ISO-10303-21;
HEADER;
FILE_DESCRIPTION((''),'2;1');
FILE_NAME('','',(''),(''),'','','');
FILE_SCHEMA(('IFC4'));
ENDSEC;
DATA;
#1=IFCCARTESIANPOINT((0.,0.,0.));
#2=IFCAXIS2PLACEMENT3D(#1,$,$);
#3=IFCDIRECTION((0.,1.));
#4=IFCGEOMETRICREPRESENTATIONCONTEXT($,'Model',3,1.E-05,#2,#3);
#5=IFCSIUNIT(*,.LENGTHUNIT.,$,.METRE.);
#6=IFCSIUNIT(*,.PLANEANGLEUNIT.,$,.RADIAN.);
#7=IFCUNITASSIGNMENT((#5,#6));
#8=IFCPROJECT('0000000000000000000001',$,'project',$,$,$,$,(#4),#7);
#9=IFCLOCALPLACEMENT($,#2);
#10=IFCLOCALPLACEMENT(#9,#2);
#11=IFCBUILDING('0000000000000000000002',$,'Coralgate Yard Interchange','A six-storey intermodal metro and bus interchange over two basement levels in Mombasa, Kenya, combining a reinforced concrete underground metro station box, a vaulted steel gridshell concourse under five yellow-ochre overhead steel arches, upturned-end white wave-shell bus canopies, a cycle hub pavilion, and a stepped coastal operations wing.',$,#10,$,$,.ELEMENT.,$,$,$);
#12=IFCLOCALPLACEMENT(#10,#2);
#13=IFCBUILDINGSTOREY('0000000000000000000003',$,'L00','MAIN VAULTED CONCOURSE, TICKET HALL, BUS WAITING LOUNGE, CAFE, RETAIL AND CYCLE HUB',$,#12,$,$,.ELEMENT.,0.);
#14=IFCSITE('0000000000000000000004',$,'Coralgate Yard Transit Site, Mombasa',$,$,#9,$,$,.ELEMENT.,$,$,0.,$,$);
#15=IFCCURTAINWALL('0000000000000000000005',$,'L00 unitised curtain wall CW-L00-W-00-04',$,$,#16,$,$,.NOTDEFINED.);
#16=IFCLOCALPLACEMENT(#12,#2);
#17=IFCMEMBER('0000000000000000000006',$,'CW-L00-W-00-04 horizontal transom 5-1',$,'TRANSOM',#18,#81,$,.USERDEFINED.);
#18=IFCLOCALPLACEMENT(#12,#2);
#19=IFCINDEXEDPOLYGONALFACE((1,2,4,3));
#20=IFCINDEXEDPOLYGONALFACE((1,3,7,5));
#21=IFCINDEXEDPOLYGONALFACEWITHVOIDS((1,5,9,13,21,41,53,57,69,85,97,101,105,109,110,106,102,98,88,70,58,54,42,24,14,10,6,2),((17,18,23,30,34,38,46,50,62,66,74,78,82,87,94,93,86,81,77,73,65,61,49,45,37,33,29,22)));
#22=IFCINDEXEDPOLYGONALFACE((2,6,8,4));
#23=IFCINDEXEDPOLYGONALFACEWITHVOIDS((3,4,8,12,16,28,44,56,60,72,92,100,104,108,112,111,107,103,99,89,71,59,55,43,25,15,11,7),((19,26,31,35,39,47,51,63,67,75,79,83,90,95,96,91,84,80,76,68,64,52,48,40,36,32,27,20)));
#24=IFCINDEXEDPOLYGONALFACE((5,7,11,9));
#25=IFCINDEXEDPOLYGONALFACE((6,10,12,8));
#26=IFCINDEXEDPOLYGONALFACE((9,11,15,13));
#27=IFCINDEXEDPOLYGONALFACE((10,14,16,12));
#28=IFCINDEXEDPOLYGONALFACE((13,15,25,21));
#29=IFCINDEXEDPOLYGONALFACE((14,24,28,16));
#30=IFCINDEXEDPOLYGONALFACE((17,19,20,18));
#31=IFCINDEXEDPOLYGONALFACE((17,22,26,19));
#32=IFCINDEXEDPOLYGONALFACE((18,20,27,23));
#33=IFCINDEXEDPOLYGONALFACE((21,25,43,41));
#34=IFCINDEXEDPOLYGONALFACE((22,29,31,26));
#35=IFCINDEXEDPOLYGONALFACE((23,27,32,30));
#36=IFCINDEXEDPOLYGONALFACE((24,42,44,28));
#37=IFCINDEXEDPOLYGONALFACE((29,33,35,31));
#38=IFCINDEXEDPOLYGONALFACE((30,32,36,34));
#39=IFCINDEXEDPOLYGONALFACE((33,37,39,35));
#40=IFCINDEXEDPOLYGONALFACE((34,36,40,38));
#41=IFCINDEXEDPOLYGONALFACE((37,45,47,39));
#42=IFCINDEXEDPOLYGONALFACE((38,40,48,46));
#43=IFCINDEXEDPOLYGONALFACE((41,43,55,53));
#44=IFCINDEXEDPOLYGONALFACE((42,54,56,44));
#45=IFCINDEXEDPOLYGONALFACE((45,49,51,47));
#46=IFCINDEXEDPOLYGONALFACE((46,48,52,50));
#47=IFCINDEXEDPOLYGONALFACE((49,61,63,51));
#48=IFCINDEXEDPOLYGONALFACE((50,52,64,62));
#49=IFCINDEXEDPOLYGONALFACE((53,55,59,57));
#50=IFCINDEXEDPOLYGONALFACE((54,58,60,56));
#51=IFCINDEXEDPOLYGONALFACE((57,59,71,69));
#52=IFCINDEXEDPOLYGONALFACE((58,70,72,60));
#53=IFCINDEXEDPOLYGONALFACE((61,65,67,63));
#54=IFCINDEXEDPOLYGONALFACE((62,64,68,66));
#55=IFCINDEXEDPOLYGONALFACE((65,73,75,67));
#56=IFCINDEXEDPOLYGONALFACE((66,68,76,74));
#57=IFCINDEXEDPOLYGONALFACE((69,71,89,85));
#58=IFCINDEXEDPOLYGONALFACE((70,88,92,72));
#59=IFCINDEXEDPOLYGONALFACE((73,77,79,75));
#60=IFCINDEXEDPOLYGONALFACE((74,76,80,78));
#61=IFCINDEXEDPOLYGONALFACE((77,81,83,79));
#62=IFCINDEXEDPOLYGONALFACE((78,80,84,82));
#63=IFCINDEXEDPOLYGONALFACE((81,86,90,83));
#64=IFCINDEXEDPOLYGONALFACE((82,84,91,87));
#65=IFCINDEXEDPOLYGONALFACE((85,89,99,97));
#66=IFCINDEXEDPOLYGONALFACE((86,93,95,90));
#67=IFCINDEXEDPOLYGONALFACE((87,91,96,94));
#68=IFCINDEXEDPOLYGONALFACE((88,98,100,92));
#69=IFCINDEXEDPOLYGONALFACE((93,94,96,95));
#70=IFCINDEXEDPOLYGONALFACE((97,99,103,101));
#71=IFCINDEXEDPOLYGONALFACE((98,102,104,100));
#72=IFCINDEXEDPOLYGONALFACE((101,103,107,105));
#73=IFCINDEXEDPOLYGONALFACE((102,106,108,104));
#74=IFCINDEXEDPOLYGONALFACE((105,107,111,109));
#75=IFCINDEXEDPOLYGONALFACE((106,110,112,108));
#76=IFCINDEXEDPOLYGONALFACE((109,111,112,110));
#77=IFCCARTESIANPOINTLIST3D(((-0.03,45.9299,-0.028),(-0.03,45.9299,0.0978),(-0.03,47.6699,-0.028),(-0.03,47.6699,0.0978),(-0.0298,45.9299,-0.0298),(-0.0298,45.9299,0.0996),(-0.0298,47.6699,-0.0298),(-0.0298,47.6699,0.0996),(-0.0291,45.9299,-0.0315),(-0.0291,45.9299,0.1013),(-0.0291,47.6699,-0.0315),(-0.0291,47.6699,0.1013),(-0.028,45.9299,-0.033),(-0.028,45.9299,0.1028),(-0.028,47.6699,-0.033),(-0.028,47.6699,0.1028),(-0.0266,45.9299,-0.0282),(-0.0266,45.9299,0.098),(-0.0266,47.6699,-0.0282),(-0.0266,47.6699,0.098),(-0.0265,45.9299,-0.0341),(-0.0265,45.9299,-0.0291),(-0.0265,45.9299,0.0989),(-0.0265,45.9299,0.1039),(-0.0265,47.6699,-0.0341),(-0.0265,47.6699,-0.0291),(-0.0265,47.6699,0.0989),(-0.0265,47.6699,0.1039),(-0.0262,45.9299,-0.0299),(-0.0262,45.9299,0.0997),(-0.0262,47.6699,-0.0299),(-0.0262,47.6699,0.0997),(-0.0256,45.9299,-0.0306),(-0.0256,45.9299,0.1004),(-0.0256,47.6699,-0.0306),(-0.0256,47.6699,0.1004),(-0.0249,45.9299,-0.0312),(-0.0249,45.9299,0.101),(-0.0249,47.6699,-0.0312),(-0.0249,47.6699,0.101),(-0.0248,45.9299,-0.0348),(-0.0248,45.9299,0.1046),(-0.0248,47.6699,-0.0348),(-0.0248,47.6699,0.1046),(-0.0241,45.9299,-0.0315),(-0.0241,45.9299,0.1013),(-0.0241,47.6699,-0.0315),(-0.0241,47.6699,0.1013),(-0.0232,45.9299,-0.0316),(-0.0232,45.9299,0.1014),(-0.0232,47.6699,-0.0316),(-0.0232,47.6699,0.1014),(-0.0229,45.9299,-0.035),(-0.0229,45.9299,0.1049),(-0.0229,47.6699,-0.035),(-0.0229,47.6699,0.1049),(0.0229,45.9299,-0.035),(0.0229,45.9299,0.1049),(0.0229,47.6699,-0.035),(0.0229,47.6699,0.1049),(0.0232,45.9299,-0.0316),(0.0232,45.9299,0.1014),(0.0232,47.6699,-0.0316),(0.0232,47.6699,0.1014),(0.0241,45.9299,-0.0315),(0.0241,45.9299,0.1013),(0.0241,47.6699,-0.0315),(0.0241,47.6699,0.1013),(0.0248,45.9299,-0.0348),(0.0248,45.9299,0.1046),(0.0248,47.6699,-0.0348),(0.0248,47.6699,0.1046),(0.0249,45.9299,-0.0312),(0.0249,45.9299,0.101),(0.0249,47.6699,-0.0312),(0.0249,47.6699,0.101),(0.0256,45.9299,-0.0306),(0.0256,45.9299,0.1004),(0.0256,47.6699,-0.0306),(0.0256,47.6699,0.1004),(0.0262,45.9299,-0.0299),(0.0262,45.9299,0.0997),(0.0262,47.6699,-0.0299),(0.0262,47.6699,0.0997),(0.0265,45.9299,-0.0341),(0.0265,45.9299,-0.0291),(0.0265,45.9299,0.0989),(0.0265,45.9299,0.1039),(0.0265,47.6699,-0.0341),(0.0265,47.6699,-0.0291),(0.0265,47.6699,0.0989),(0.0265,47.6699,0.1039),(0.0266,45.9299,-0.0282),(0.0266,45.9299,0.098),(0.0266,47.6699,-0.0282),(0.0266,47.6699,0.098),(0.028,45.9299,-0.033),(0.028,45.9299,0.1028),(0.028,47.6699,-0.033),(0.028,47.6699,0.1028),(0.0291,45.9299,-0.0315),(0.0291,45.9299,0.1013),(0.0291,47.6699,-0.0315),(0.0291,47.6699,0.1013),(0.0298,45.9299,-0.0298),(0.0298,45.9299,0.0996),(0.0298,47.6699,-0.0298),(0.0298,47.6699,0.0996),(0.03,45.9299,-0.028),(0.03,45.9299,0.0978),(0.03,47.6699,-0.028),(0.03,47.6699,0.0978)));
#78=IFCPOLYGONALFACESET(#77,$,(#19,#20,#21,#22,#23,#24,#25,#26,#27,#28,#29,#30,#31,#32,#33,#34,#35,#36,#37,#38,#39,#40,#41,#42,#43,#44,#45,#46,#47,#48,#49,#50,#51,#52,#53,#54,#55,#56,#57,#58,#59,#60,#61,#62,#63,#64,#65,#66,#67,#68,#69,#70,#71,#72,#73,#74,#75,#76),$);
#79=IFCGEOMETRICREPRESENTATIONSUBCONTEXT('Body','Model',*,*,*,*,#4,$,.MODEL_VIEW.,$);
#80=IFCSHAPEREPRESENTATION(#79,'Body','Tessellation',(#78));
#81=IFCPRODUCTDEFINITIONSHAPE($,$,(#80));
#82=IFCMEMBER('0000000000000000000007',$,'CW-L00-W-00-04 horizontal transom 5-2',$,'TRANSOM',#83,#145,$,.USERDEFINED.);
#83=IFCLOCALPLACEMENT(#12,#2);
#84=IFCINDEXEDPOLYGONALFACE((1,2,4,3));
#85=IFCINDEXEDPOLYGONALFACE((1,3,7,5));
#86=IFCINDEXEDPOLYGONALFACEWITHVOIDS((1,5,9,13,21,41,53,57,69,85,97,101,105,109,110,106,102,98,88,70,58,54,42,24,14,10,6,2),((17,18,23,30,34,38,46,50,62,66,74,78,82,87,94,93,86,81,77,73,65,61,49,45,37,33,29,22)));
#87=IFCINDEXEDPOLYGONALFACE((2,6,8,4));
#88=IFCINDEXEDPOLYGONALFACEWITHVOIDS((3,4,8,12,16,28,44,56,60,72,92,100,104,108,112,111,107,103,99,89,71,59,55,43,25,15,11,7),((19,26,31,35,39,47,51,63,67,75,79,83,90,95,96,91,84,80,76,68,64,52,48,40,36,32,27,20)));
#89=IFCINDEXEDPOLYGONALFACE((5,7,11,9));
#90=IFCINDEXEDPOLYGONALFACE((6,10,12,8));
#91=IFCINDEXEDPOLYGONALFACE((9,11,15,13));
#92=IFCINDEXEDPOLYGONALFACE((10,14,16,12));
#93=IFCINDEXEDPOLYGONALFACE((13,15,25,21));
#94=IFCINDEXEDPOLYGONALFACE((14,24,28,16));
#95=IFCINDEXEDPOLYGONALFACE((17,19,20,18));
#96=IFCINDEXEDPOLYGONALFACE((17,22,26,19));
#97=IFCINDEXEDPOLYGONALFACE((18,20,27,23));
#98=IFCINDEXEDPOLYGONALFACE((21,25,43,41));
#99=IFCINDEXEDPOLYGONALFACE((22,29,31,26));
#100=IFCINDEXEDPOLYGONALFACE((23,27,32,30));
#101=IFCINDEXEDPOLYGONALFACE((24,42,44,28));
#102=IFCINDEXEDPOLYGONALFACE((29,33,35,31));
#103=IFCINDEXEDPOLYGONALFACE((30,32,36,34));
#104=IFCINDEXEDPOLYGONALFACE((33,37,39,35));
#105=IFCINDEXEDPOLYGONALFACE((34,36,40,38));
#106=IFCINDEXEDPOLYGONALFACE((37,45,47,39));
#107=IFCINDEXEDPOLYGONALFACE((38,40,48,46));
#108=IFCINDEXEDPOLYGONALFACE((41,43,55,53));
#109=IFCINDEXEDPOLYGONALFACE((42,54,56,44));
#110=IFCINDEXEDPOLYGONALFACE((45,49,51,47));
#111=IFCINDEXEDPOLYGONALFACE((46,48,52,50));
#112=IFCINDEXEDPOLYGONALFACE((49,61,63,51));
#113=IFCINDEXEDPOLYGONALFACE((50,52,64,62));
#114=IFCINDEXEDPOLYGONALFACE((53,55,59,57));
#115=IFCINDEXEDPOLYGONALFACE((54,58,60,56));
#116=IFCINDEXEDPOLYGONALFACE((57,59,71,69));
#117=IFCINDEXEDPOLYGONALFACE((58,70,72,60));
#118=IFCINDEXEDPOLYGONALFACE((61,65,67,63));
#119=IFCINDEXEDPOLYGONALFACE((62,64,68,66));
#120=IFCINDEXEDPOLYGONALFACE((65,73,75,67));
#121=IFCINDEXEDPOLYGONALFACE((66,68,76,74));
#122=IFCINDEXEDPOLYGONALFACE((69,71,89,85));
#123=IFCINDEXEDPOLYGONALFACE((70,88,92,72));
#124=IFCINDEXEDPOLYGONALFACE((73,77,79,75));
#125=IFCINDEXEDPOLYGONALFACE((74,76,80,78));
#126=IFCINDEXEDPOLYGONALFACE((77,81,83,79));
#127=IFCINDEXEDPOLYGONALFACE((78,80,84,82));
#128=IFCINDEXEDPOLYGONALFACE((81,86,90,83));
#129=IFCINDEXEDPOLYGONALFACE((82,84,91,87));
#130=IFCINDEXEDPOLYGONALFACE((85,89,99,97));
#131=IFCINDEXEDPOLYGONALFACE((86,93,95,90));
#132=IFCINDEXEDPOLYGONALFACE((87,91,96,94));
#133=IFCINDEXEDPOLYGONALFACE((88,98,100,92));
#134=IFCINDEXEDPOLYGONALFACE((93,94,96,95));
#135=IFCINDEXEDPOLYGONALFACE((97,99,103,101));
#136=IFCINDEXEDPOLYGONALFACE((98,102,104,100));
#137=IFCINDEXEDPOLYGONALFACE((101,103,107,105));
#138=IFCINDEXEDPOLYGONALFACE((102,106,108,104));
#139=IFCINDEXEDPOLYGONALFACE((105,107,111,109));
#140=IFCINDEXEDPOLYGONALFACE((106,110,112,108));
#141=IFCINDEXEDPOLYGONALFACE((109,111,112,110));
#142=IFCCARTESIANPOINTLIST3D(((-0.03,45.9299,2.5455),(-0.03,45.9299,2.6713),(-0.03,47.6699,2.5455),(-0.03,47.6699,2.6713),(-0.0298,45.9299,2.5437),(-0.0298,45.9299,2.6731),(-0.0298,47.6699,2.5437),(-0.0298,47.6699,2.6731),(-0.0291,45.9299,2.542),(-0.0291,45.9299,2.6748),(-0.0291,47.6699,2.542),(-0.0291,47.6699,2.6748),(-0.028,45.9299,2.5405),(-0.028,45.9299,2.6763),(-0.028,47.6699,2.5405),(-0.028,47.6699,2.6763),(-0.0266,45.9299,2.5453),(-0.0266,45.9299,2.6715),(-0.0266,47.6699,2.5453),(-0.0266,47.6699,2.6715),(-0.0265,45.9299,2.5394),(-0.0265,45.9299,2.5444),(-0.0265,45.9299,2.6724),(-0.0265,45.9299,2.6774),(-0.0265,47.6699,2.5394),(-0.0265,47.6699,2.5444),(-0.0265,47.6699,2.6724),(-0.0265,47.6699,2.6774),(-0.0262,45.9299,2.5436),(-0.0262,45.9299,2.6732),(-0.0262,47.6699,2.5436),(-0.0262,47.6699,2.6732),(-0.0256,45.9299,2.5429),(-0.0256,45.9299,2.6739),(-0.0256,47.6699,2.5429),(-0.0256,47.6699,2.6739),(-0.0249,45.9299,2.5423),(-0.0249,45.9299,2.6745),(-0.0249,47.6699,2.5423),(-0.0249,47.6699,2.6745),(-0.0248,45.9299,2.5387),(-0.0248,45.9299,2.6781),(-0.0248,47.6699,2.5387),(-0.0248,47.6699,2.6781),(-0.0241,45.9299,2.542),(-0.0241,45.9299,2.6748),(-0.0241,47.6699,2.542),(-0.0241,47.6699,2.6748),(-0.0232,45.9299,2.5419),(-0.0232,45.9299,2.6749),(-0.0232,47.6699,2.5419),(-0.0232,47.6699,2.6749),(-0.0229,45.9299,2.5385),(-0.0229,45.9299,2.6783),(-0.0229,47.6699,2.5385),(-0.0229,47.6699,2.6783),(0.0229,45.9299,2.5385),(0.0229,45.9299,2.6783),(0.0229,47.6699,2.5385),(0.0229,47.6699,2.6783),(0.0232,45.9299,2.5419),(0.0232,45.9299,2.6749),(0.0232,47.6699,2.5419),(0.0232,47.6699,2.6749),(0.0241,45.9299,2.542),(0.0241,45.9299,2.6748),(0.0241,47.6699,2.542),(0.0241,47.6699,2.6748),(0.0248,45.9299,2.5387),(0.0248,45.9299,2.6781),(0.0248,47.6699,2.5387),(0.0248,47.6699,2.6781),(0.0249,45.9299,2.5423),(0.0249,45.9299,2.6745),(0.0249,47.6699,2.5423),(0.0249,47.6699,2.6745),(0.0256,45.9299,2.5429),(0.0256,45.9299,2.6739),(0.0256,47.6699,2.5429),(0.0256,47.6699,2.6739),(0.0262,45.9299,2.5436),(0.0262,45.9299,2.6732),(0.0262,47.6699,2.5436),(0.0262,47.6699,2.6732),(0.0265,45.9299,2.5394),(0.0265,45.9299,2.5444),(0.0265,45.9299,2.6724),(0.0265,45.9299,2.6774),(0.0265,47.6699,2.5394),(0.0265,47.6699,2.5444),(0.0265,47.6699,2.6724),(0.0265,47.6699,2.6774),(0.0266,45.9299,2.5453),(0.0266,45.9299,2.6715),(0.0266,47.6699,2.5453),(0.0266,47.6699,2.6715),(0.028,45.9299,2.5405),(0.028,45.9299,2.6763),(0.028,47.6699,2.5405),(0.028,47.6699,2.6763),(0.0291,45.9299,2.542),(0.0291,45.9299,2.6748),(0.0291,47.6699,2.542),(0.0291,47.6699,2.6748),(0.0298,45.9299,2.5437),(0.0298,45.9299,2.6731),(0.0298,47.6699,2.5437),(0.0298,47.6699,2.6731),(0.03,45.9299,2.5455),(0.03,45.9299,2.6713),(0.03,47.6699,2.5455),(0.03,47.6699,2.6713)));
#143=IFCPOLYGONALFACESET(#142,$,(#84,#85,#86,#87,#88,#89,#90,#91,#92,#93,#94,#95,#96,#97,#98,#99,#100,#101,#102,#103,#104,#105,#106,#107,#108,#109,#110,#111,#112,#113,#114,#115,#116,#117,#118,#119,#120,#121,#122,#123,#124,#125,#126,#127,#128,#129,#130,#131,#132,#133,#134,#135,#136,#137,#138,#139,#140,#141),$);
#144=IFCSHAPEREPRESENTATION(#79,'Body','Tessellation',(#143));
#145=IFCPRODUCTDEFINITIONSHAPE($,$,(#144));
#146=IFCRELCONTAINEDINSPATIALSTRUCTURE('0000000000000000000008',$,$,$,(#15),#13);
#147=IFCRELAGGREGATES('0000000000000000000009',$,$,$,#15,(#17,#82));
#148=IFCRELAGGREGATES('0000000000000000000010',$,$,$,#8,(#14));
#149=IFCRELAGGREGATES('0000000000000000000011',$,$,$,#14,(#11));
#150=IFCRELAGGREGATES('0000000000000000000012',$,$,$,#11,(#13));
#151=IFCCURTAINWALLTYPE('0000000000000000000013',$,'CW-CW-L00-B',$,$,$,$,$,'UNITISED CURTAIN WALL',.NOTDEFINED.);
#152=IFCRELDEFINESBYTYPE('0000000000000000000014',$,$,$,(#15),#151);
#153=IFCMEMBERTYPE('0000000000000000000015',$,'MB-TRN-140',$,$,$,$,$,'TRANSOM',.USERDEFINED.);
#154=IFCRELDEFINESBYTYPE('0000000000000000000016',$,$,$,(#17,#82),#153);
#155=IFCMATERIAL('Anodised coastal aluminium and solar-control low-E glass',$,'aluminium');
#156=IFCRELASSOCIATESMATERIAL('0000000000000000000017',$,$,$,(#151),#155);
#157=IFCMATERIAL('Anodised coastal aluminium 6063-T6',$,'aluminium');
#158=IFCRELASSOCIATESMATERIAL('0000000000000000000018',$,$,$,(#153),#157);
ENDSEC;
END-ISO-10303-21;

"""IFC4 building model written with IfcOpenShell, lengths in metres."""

from ifc_helpers import new_model, si_unit, direction, frame, origin, origin_2d, place, context, subcontext, project, spatial, hollow_rectangle, extrude, material, material_profile, profile_set, type_object, element, aggregate, save


model = new_model("IFC4")

# Units and contexts
model_context = context("Model", 3, precision=1e-05, world=origin(), true_north=direction((0.0, 1.0)))
body_context = subcontext(model_context, "Body", "Model", "MODEL_VIEW")
ifc_project = project(units=[si_unit("LENGTHUNIT", "METRE"), si_unit("PLANEANGLEUNIT", "RADIAN")], contexts=[model_context])

# Site, building, storey
site_placement = place(None, origin())
site = spatial("IfcSite", under=ifc_project, at=site_placement, Name="Coralgate Yard Transit Site, Mombasa", CompositionType="ELEMENT", RefElevation=0.0)
building_placement = place(site_placement, origin())
building = spatial("IfcBuilding", under=site, at=building_placement, Name="Coralgate Yard Interchange", Description="A six-storey intermodal metro and bus interchange over two basement levels in Mombasa, Kenya, combining a reinforced concrete underground metro station box, a vaulted steel gridshell concourse under five yellow-ochre overhead steel arches, upturned-end white wave-shell bus canopies, a cycle hub pavilion, and a stepped coastal operations wing.", CompositionType="ELEMENT")
storey_placement = place(building_placement, origin())
storey = spatial("IfcBuildingStorey", under=building, at=storey_placement, Name="L00", Description="MAIN VAULTED CONCOURSE, TICKET HALL, BUS WAITING LOUNGE, CAFE, RETAIL AND CYCLE HUB", CompositionType="ELEMENT", Elevation=0.0)

# Curtain wall
ifc_material_1 = material(Name="Anodised coastal aluminium and solar-control low-E glass", Category="aluminium")
curtain_wall_type_1 = type_object("IfcCurtainWallType", Name="CW-CW-L00-B", ElementType="UNITISED CURTAIN WALL", PredefinedType="NOTDEFINED", material=ifc_material_1)
curtain_wall_1_placement = place(storey_placement, origin())
curtain_wall_1 = element("IfcCurtainWall", 1, at=curtain_wall_1_placement, inside=storey, type_object=curtain_wall_type_1, Name="L00 unitised curtain wall CW-L00-W-00-04", PredefinedType="NOTDEFINED")
ifc_material_2 = material(Name="Anodised coastal aluminium 6063-T6", Category="aluminium")

# Members
ifc_material_profile_1 = material_profile(ifc_material_2, hollow_rectangle(XDim=0.0601, YDim=0.1399, WallThickness=0.0034, InnerFilletRadius=0.0034, OuterFilletRadius=0.0071, at=origin_2d()), Name="ALU 60x140x3.5")
ifc_profile_set_1 = profile_set([ifc_material_profile_1], Name="Anodised coastal aluminium 6063-T6")
member_type_1 = type_object("IfcMemberType", Name="MB-TRN-140", ElementType="TRANSOM", PredefinedType="USERDEFINED", material=ifc_profile_set_1)
member_1_placement = place(storey_placement, frame((0.0, 45.9299, 0.0349), z_axis=(0.0, 1.0, 0.0), x_axis=(-1.0, 0.0, 0.0)))
member_1 = element("IfcMember", 2, at=member_1_placement, type_object=member_type_1, Name="CW-L00-W-00-04 horizontal transom 5-1", ObjectType="TRANSOM", PredefinedType="USERDEFINED", context=body_context, shape_type="SweptSolid", body=[
    extrude(hollow_rectangle(XDim=0.0601, YDim=0.1399, WallThickness=0.0034, InnerFilletRadius=0.0034, OuterFilletRadius=0.0071, at=origin_2d()), origin(), (0.0, 0.0, 1.0), 1.74),
])
member_2_placement = place(storey_placement, frame((0.0, 45.9299, 2.6084), z_axis=(0.0, 1.0, 0.0), x_axis=(-1.0, 0.0, 0.0)))
member_2 = element("IfcMember", 3, at=member_2_placement, type_object=member_type_1, Name="CW-L00-W-00-04 horizontal transom 5-2", ObjectType="TRANSOM", PredefinedType="USERDEFINED", context=body_context, shape_type="SweptSolid", body=[
    extrude(hollow_rectangle(XDim=0.0601, YDim=0.1399, WallThickness=0.0034, InnerFilletRadius=0.0034, OuterFilletRadius=0.0071, at=origin_2d()), origin(), (0.0, 0.0, 1.0), 1.74),
])

aggregate(curtain_wall_1, [member_1, member_2])

save(model, "model.ifc")
